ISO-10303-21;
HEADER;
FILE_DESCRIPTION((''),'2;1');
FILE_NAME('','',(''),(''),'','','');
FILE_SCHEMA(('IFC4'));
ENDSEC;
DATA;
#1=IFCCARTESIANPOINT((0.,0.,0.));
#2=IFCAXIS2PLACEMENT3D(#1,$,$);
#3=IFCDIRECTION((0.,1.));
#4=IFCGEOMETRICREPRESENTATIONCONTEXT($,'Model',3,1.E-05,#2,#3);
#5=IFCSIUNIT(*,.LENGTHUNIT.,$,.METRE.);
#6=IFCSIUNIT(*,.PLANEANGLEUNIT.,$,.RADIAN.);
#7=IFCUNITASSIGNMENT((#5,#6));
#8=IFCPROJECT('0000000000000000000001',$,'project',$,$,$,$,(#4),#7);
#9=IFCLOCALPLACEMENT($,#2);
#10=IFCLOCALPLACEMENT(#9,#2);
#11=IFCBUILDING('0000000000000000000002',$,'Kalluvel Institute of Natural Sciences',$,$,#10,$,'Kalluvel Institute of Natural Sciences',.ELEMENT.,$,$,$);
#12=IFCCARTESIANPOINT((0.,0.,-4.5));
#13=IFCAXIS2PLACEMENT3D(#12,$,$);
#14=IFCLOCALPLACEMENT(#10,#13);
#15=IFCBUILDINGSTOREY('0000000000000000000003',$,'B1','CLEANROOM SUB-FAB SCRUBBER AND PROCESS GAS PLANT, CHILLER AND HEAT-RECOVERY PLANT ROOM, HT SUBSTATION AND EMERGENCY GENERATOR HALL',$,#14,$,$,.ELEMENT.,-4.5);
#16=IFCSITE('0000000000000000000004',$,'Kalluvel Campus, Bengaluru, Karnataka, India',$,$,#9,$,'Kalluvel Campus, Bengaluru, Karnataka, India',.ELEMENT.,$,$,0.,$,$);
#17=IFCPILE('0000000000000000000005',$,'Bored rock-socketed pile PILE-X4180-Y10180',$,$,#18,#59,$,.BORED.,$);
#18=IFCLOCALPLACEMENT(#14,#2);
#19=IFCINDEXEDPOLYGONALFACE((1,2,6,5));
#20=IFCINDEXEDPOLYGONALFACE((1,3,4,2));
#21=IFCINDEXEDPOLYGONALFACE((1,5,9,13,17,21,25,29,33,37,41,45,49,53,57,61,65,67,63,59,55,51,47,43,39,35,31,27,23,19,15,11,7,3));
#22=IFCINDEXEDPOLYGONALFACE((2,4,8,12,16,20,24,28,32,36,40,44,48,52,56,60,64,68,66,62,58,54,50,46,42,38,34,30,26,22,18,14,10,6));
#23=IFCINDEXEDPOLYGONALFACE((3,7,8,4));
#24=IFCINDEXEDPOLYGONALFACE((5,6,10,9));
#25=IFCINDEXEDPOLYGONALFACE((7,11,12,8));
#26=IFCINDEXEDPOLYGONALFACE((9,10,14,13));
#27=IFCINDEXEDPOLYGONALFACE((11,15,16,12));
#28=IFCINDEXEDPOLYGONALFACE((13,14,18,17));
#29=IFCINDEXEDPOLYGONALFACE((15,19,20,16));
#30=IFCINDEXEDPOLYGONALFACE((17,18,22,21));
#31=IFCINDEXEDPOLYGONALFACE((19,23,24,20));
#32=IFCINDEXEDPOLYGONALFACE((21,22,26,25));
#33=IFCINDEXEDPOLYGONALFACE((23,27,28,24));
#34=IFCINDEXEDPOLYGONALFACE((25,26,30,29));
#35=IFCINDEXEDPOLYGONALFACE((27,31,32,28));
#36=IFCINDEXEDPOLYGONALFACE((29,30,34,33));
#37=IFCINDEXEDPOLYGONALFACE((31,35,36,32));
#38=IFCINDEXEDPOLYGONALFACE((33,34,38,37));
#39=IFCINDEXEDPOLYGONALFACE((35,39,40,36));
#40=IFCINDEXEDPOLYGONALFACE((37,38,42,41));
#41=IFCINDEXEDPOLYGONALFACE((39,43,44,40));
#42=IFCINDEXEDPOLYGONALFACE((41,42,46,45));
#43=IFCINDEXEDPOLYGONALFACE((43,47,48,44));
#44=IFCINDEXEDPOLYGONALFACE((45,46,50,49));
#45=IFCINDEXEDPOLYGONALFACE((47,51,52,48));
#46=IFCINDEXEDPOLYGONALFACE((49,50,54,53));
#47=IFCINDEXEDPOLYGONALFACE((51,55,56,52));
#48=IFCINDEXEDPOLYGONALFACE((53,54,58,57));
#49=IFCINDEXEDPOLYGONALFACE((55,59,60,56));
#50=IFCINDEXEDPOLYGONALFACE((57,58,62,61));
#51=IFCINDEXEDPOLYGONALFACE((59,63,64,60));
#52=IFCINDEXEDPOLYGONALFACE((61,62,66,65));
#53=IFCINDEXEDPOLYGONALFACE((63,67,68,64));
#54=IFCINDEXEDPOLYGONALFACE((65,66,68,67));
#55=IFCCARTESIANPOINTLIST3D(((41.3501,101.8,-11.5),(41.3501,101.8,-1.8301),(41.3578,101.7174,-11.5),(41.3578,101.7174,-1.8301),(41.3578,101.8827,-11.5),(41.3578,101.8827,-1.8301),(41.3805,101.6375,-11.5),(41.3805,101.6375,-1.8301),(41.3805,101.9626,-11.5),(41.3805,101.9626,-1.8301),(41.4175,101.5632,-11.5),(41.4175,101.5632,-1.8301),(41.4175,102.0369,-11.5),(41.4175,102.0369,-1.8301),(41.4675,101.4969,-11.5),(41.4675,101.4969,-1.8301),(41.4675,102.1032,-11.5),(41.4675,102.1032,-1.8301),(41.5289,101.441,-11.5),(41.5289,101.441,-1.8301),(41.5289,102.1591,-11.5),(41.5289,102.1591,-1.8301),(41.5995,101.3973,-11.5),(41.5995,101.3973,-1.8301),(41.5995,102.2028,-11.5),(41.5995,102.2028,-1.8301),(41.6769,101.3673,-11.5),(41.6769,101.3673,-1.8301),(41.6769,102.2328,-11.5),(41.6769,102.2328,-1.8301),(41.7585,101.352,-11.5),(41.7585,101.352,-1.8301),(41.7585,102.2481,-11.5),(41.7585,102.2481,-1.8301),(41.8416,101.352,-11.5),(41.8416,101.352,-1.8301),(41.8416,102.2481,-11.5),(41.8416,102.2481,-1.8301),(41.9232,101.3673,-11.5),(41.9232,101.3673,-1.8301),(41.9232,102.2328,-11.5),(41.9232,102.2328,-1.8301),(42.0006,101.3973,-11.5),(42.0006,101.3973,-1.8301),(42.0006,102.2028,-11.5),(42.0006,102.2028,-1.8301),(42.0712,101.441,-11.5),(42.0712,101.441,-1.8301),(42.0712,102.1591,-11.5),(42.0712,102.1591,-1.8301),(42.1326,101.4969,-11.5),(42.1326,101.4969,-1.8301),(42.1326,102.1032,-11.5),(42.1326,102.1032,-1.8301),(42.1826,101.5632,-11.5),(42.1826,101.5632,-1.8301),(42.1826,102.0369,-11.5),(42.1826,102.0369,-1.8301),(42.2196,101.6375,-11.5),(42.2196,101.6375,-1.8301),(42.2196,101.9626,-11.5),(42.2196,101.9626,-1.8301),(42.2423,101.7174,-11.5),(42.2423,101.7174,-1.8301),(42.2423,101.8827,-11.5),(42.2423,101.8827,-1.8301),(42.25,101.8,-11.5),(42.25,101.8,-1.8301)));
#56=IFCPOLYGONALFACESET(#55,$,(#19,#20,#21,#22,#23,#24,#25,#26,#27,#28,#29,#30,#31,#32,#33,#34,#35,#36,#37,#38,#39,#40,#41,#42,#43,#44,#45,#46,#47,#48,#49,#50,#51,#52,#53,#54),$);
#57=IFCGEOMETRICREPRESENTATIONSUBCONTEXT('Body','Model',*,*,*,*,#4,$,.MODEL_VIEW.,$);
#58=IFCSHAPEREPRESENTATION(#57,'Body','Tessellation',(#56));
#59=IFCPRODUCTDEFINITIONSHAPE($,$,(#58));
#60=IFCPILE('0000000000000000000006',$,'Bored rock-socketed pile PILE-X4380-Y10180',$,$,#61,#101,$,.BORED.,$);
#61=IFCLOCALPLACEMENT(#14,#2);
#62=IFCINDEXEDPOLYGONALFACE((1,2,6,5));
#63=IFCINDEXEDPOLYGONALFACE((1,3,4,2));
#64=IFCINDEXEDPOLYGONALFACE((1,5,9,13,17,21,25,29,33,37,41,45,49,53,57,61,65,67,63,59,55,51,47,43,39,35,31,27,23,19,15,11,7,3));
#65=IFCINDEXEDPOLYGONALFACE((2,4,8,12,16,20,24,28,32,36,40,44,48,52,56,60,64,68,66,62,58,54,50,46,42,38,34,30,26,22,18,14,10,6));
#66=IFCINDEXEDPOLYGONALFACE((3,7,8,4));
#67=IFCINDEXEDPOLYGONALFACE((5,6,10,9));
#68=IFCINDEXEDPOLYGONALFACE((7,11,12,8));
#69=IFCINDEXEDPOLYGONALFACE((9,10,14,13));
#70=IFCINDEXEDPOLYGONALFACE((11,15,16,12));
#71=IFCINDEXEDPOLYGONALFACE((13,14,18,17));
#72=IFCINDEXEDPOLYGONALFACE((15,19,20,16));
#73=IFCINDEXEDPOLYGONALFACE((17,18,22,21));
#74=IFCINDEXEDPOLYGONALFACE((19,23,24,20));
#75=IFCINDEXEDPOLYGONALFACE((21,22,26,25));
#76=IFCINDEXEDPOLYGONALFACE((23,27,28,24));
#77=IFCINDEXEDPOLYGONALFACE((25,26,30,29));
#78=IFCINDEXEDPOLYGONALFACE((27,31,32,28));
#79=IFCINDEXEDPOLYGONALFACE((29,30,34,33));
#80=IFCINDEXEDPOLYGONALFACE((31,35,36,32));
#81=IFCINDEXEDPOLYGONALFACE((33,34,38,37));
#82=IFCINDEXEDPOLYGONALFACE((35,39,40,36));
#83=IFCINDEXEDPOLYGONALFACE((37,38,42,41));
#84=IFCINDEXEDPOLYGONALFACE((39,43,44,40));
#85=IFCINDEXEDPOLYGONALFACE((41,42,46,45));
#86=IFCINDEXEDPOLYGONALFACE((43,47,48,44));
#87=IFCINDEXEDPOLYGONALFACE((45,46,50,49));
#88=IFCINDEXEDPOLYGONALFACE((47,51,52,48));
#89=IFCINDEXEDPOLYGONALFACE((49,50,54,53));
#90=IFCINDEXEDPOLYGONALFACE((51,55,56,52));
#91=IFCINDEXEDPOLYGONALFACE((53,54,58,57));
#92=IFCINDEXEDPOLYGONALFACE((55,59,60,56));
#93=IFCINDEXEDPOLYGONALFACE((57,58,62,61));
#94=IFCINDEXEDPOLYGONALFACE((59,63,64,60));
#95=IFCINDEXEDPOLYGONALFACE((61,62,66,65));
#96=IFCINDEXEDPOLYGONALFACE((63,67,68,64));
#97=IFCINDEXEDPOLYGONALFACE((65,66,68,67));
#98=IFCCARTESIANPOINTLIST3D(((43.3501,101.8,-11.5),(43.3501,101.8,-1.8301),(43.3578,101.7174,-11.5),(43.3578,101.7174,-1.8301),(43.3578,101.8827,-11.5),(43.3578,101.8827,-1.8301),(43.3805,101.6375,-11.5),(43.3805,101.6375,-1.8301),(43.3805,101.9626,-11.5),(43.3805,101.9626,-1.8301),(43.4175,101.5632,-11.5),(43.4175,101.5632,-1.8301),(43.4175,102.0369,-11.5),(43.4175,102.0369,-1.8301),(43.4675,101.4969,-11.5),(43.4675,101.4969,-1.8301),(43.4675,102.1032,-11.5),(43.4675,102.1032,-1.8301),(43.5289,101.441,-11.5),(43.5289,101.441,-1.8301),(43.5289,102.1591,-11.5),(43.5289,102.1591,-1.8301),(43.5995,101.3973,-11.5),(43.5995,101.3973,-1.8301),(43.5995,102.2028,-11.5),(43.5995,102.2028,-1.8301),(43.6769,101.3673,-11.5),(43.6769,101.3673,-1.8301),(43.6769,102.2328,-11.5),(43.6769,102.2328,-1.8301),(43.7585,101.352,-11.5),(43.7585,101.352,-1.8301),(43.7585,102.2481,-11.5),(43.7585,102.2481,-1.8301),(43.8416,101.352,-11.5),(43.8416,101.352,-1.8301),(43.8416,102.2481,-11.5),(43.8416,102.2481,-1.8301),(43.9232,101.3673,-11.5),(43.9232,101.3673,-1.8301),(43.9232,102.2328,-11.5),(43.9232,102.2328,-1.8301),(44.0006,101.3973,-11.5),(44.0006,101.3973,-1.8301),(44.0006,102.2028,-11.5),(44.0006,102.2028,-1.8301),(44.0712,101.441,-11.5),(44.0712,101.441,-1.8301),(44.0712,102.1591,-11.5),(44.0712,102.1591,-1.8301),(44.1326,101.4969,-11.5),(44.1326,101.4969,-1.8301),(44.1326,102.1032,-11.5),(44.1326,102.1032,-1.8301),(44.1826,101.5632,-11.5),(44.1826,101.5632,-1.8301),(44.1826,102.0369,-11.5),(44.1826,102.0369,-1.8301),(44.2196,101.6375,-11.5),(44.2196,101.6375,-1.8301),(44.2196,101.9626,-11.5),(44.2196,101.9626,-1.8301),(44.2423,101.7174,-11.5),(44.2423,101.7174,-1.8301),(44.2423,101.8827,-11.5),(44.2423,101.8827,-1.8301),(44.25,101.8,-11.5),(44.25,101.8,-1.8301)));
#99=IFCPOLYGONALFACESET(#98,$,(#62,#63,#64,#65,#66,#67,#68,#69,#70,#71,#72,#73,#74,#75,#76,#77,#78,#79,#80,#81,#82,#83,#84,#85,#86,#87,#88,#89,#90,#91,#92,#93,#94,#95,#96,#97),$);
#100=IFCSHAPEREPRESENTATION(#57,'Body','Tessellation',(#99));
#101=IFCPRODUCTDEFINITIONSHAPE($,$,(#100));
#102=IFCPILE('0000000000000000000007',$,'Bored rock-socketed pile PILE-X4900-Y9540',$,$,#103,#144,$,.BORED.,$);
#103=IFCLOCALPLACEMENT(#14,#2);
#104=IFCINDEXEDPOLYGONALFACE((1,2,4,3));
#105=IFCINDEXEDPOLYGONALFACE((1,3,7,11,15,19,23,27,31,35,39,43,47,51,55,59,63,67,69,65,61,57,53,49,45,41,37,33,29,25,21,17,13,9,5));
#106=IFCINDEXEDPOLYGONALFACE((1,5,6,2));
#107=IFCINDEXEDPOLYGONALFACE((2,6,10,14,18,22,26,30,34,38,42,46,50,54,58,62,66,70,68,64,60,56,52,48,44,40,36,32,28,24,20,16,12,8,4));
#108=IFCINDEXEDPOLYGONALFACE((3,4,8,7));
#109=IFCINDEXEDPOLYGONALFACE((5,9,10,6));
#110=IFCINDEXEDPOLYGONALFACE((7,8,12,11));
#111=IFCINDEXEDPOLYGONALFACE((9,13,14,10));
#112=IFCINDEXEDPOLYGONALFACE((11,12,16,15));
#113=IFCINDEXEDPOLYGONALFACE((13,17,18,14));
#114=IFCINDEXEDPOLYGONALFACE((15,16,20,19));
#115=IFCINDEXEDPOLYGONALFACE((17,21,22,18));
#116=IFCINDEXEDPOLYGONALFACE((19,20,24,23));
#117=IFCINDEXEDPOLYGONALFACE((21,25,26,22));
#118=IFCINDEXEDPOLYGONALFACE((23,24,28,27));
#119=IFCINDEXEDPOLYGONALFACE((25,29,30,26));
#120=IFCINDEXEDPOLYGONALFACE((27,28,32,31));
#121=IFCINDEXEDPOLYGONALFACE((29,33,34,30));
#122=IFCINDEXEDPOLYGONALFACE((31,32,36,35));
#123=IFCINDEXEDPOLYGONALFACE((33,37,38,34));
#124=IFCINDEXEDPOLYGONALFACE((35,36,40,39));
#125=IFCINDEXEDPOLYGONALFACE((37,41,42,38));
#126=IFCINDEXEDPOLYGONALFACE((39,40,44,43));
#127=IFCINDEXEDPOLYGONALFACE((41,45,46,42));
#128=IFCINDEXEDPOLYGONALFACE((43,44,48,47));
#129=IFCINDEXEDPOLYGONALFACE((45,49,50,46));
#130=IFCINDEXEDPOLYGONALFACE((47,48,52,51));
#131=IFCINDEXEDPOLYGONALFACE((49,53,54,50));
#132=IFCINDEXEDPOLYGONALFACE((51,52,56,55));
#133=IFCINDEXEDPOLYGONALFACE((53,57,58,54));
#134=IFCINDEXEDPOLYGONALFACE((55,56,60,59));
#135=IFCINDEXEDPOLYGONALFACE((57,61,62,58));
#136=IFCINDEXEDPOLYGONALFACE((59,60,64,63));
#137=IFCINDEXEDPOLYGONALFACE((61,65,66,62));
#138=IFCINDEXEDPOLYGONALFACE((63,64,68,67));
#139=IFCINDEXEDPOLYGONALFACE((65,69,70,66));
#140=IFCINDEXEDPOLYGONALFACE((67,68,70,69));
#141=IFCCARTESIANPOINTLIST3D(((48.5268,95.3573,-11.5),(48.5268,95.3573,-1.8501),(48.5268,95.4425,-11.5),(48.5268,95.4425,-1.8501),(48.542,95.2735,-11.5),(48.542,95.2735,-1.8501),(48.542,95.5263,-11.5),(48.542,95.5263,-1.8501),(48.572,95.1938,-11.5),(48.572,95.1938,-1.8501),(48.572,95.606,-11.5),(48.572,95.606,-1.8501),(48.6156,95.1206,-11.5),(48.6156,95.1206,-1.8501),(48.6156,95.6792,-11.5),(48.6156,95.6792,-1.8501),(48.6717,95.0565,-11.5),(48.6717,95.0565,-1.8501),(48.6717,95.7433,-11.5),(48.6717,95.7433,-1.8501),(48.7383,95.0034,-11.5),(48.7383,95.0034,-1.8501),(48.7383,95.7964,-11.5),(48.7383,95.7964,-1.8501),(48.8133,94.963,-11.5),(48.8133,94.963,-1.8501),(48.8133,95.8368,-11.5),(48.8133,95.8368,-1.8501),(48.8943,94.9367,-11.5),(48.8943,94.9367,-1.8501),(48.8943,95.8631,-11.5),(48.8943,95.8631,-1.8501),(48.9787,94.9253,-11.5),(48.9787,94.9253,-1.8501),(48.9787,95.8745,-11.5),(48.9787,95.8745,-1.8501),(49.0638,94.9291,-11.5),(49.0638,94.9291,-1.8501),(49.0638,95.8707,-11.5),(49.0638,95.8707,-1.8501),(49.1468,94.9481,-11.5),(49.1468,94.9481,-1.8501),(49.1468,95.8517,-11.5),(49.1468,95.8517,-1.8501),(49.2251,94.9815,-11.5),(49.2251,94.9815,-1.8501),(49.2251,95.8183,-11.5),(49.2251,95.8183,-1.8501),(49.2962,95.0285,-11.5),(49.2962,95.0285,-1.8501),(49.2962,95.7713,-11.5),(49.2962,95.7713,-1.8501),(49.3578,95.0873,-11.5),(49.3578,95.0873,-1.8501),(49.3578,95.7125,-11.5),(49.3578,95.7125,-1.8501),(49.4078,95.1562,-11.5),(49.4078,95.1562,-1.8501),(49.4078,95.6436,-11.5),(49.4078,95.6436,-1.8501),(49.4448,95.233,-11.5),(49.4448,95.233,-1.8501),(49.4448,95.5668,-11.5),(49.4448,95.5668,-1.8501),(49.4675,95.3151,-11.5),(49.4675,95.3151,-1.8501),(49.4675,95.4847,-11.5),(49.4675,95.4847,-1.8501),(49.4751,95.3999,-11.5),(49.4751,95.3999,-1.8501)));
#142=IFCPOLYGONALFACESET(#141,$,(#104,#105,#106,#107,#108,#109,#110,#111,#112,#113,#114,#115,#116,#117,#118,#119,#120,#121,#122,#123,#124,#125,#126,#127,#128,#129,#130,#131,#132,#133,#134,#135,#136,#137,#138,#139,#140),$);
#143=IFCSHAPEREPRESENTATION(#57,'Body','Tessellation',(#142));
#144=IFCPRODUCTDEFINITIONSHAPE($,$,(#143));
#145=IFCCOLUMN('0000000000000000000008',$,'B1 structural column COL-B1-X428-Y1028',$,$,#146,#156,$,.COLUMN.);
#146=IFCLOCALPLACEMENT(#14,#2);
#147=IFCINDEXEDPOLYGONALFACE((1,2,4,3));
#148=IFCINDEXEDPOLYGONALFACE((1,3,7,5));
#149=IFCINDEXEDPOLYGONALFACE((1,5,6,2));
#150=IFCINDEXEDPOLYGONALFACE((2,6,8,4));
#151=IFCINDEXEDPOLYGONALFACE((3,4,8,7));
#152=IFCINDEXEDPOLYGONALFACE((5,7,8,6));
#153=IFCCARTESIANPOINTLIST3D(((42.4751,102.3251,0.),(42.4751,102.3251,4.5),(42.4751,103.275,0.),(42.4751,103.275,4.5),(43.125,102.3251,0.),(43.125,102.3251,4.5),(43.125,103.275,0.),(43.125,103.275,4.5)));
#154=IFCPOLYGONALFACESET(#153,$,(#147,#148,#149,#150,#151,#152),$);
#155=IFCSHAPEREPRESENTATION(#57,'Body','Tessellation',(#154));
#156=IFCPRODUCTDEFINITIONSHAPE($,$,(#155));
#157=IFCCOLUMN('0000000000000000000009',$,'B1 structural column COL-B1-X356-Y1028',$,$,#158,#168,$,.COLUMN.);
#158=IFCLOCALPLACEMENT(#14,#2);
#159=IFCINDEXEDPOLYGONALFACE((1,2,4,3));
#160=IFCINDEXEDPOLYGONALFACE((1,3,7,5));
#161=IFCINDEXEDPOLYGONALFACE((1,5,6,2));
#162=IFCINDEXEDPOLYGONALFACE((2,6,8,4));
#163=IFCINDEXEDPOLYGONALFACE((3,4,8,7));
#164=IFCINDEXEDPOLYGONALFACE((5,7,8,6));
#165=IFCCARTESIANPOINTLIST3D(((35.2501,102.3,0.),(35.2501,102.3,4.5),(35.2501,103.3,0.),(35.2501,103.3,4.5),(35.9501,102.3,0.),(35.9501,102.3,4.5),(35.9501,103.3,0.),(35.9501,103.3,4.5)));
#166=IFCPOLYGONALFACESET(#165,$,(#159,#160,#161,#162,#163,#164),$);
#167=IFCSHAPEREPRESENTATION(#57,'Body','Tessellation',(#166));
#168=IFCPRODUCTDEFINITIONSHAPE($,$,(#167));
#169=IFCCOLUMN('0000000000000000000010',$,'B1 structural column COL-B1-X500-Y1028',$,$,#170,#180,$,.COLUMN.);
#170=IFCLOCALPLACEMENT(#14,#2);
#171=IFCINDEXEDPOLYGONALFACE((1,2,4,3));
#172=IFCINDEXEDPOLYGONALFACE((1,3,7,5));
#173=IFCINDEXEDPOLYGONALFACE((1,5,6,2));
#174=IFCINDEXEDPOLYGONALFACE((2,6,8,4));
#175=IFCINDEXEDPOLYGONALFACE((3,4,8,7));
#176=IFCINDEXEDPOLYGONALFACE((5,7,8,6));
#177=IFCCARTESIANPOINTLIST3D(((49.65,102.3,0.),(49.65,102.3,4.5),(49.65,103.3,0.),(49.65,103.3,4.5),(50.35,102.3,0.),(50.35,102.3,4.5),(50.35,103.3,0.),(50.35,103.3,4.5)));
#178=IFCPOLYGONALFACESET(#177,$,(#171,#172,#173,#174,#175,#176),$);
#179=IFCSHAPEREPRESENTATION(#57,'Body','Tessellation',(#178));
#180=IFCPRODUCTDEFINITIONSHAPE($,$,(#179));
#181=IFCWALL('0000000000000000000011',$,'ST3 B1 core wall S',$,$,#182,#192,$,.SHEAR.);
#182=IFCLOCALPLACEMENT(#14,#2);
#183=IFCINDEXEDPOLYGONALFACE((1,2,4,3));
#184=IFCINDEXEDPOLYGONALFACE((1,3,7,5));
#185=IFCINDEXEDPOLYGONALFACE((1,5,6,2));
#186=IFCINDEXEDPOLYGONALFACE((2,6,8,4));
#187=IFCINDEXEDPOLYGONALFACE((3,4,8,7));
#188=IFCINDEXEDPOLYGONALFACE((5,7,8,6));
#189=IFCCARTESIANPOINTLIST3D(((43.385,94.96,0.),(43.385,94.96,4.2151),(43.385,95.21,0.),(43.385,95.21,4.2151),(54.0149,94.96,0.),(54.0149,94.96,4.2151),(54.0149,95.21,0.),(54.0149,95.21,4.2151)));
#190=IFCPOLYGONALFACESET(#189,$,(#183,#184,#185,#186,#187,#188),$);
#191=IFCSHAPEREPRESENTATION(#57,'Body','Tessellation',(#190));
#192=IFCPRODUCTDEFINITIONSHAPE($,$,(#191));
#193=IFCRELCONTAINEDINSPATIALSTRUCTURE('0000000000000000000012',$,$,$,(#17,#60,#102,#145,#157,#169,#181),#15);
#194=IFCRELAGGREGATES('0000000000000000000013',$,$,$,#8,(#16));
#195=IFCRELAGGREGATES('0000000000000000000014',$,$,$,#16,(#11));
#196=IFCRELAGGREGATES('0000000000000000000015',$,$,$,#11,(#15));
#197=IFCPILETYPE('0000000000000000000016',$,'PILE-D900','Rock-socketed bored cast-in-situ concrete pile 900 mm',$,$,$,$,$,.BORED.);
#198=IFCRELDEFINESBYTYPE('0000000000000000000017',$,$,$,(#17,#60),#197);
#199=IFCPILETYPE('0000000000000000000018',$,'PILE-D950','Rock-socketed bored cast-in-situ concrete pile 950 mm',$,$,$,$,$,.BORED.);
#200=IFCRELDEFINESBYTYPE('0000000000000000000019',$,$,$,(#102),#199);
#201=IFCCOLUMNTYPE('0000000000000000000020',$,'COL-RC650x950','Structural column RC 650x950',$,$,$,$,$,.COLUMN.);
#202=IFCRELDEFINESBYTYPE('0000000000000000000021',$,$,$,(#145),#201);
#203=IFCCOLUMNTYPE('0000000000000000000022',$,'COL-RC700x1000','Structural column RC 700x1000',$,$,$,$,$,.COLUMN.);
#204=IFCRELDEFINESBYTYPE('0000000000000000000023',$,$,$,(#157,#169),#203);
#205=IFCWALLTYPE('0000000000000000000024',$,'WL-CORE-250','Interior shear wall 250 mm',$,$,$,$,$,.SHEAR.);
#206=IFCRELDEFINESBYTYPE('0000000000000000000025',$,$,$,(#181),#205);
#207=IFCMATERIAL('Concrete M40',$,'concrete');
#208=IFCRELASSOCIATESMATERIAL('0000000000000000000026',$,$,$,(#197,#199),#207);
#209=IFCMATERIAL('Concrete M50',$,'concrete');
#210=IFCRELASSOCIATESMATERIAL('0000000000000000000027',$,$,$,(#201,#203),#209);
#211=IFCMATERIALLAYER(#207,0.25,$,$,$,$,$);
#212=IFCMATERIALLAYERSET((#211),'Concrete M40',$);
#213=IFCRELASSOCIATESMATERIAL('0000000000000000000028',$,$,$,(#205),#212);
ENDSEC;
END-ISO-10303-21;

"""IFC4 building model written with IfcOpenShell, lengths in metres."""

from ifc_helpers import new_model, si_unit, direction, frame, frame_2d, origin, origin_2d, place, context, subcontext, project, spatial, rectangle, circle, extrude, material, layer, layer_set, material_profile, profile_set, type_object, element, save


model = new_model("IFC4")

# Units and contexts
model_context = context("Model", 3, precision=1e-05, world=origin(), true_north=direction((0.0, 1.0)))
body_context = subcontext(model_context, "Body", "Model", "MODEL_VIEW")
ifc_project = project(units=[si_unit("LENGTHUNIT", "METRE"), si_unit("PLANEANGLEUNIT", "RADIAN")], contexts=[model_context])

# Site, building, storey
site_placement = place(None, origin())
site = spatial("IfcSite", under=ifc_project, at=site_placement, Name="Kalluvel Campus, Bengaluru, Karnataka, India", LongName="Kalluvel Campus, Bengaluru, Karnataka, India", CompositionType="ELEMENT", RefElevation=0.0)
building_placement = place(site_placement, origin())
building = spatial("IfcBuilding", under=site, at=building_placement, Name="Kalluvel Institute of Natural Sciences", LongName="Kalluvel Institute of Natural Sciences", CompositionType="ELEMENT")
storey_placement = place(building_placement, frame((0.0, 0.0, -4.5)))
storey = spatial("IfcBuildingStorey", under=building, at=storey_placement, Name="B1", Description="CLEANROOM SUB-FAB SCRUBBER AND PROCESS GAS PLANT, CHILLER AND HEAT-RECOVERY PLANT ROOM, HT SUBSTATION AND EMERGENCY GENERATOR HALL", CompositionType="ELEMENT", Elevation=-4.5)

# Shared definitions
ifc_material_1 = material(Name="Concrete M40", Category="concrete")

# Piles
ifc_material_profile_1 = material_profile(ifc_material_1, circle(Radius=0.45, at=origin_2d()), Name="PILE D900")
ifc_profile_set_1 = profile_set([ifc_material_profile_1], Name="Concrete M40")
pile_type_1 = type_object("IfcPileType", Name="PILE-D900", Description="Rock-socketed bored cast-in-situ concrete pile 900 mm", PredefinedType="BORED", material=ifc_profile_set_1)
for number, where, z_axis, x_axis, name in (
    (1, (41.8, 101.8, -1.8301), (0.0, 0.0, -1.0), (1.0, 0.0, 0.0), "Bored rock-socketed pile PILE-X4180-Y10180"),
    (2, (43.8, 101.8, -1.8301), (0.0, 0.0, -1.0), (1.0, 0.0, 0.0), "Bored rock-socketed pile PILE-X4380-Y10180"),
):
    element("IfcPile", number, at=place(storey_placement, frame(where, z_axis=z_axis, x_axis=x_axis)), inside=storey, type_object=pile_type_1, Name=name, PredefinedType="BORED", context=body_context, shape_type="SweptSolid", body=[
        extrude(circle(Radius=0.45, at=origin_2d()), origin(), (0.0, 0.0, 1.0), 9.6699),
    ])
ifc_material_profile_2 = material_profile(ifc_material_1, circle(Radius=0.4751, at=origin_2d()), Name="PILE D950")
ifc_profile_set_2 = profile_set([ifc_material_profile_2], Name="Concrete M40")
pile_type_2 = type_object("IfcPileType", Name="PILE-D950", Description="Rock-socketed bored cast-in-situ concrete pile 950 mm", PredefinedType="BORED", material=ifc_profile_set_2)
pile_1_placement = place(storey_placement, frame((49.0, 95.3999, -1.8501), z_axis=(0.0, 0.0, -1.0), x_axis=(1.0, 0.0, 0.0)))
element("IfcPile", 3, at=pile_1_placement, inside=storey, type_object=pile_type_2, Name="Bored rock-socketed pile PILE-X4900-Y9540", PredefinedType="BORED", context=body_context, shape_type="SweptSolid", body=[
    extrude(circle(Radius=0.4751, at=origin_2d()), origin(), (0.0, 0.0, 1.0), 9.6499),
])

# Columns
ifc_material_2 = material(Name="Concrete M50", Category="concrete")
ifc_material_profile_3 = material_profile(ifc_material_2, rectangle(XDim=0.6499, YDim=0.95, at=origin_2d()), Name="RC 650x950")
ifc_profile_set_3 = profile_set([ifc_material_profile_3], Name="Concrete M50")
column_type_1 = type_object("IfcColumnType", Name="COL-RC650x950", Description="Structural column RC 650x950", PredefinedType="COLUMN", material=ifc_profile_set_3)
column_placement = place(storey_placement, frame((42.8, 102.8, 0.0), z_axis=(0.0, 0.0, 1.0), x_axis=(1.0, 0.0, 0.0)))
element("IfcColumn", 4, at=column_placement, inside=storey, type_object=column_type_1, Name="B1 structural column COL-B1-X428-Y1028", PredefinedType="COLUMN", context=body_context, shape_type="SweptSolid", body=[
    extrude(rectangle(XDim=0.6499, YDim=0.95, at=origin_2d()), origin(), (0.0, 0.0, 1.0), 4.5),
])
ifc_material_profile_4 = material_profile(ifc_material_2, rectangle(XDim=0.7, YDim=1.0, at=origin_2d()), Name="RC 700x1000")
ifc_profile_set_4 = profile_set([ifc_material_profile_4], Name="Concrete M50")
column_type_2 = type_object("IfcColumnType", Name="COL-RC700x1000", Description="Structural column RC 700x1000", PredefinedType="COLUMN", material=ifc_profile_set_4)
for number, where, z_axis, x_axis, name in (
    (5, (35.6001, 102.8, 0.0), (0.0, 0.0, 1.0), (1.0, 0.0, 0.0), "B1 structural column COL-B1-X356-Y1028"),
    (6, (50.0, 102.8, 0.0), (0.0, 0.0, 1.0), (1.0, 0.0, 0.0), "B1 structural column COL-B1-X500-Y1028"),
):
    element("IfcColumn", number, at=place(storey_placement, frame(where, z_axis=z_axis, x_axis=x_axis)), inside=storey, type_object=column_type_2, Name=name, PredefinedType="COLUMN", context=body_context, shape_type="SweptSolid", body=[
        extrude(rectangle(XDim=0.7, YDim=1.0, at=origin_2d()), origin(), (0.0, 0.0, 1.0), 4.5),
    ])

# Wall
ifc_layer_1 = layer(ifc_material_1, 0.25)
ifc_layer_set_1 = layer_set([ifc_layer_1], Name="Concrete M40")
wall_type_1 = type_object("IfcWallType", Name="WL-CORE-250", Description="Interior shear wall 250 mm", PredefinedType="SHEAR", material=ifc_layer_set_1)
wall_1_placement = place(storey_placement, frame((43.385, 95.085, 0.0), z_axis=(0.0, 0.0, 1.0), x_axis=(1.0, 0.0, 0.0)))
element("IfcWall", 7, at=wall_1_placement, inside=storey, type_object=wall_type_1, Name="ST3 B1 core wall S", PredefinedType="SHEAR", context=body_context, shape_type="SweptSolid", body=[
    extrude(rectangle(XDim=10.6299, YDim=0.25, at=frame_2d((5.3149, 0.0))), origin(), (0.0, 0.0, 1.0), 4.2151),
])

save(model, "model.ifc")
